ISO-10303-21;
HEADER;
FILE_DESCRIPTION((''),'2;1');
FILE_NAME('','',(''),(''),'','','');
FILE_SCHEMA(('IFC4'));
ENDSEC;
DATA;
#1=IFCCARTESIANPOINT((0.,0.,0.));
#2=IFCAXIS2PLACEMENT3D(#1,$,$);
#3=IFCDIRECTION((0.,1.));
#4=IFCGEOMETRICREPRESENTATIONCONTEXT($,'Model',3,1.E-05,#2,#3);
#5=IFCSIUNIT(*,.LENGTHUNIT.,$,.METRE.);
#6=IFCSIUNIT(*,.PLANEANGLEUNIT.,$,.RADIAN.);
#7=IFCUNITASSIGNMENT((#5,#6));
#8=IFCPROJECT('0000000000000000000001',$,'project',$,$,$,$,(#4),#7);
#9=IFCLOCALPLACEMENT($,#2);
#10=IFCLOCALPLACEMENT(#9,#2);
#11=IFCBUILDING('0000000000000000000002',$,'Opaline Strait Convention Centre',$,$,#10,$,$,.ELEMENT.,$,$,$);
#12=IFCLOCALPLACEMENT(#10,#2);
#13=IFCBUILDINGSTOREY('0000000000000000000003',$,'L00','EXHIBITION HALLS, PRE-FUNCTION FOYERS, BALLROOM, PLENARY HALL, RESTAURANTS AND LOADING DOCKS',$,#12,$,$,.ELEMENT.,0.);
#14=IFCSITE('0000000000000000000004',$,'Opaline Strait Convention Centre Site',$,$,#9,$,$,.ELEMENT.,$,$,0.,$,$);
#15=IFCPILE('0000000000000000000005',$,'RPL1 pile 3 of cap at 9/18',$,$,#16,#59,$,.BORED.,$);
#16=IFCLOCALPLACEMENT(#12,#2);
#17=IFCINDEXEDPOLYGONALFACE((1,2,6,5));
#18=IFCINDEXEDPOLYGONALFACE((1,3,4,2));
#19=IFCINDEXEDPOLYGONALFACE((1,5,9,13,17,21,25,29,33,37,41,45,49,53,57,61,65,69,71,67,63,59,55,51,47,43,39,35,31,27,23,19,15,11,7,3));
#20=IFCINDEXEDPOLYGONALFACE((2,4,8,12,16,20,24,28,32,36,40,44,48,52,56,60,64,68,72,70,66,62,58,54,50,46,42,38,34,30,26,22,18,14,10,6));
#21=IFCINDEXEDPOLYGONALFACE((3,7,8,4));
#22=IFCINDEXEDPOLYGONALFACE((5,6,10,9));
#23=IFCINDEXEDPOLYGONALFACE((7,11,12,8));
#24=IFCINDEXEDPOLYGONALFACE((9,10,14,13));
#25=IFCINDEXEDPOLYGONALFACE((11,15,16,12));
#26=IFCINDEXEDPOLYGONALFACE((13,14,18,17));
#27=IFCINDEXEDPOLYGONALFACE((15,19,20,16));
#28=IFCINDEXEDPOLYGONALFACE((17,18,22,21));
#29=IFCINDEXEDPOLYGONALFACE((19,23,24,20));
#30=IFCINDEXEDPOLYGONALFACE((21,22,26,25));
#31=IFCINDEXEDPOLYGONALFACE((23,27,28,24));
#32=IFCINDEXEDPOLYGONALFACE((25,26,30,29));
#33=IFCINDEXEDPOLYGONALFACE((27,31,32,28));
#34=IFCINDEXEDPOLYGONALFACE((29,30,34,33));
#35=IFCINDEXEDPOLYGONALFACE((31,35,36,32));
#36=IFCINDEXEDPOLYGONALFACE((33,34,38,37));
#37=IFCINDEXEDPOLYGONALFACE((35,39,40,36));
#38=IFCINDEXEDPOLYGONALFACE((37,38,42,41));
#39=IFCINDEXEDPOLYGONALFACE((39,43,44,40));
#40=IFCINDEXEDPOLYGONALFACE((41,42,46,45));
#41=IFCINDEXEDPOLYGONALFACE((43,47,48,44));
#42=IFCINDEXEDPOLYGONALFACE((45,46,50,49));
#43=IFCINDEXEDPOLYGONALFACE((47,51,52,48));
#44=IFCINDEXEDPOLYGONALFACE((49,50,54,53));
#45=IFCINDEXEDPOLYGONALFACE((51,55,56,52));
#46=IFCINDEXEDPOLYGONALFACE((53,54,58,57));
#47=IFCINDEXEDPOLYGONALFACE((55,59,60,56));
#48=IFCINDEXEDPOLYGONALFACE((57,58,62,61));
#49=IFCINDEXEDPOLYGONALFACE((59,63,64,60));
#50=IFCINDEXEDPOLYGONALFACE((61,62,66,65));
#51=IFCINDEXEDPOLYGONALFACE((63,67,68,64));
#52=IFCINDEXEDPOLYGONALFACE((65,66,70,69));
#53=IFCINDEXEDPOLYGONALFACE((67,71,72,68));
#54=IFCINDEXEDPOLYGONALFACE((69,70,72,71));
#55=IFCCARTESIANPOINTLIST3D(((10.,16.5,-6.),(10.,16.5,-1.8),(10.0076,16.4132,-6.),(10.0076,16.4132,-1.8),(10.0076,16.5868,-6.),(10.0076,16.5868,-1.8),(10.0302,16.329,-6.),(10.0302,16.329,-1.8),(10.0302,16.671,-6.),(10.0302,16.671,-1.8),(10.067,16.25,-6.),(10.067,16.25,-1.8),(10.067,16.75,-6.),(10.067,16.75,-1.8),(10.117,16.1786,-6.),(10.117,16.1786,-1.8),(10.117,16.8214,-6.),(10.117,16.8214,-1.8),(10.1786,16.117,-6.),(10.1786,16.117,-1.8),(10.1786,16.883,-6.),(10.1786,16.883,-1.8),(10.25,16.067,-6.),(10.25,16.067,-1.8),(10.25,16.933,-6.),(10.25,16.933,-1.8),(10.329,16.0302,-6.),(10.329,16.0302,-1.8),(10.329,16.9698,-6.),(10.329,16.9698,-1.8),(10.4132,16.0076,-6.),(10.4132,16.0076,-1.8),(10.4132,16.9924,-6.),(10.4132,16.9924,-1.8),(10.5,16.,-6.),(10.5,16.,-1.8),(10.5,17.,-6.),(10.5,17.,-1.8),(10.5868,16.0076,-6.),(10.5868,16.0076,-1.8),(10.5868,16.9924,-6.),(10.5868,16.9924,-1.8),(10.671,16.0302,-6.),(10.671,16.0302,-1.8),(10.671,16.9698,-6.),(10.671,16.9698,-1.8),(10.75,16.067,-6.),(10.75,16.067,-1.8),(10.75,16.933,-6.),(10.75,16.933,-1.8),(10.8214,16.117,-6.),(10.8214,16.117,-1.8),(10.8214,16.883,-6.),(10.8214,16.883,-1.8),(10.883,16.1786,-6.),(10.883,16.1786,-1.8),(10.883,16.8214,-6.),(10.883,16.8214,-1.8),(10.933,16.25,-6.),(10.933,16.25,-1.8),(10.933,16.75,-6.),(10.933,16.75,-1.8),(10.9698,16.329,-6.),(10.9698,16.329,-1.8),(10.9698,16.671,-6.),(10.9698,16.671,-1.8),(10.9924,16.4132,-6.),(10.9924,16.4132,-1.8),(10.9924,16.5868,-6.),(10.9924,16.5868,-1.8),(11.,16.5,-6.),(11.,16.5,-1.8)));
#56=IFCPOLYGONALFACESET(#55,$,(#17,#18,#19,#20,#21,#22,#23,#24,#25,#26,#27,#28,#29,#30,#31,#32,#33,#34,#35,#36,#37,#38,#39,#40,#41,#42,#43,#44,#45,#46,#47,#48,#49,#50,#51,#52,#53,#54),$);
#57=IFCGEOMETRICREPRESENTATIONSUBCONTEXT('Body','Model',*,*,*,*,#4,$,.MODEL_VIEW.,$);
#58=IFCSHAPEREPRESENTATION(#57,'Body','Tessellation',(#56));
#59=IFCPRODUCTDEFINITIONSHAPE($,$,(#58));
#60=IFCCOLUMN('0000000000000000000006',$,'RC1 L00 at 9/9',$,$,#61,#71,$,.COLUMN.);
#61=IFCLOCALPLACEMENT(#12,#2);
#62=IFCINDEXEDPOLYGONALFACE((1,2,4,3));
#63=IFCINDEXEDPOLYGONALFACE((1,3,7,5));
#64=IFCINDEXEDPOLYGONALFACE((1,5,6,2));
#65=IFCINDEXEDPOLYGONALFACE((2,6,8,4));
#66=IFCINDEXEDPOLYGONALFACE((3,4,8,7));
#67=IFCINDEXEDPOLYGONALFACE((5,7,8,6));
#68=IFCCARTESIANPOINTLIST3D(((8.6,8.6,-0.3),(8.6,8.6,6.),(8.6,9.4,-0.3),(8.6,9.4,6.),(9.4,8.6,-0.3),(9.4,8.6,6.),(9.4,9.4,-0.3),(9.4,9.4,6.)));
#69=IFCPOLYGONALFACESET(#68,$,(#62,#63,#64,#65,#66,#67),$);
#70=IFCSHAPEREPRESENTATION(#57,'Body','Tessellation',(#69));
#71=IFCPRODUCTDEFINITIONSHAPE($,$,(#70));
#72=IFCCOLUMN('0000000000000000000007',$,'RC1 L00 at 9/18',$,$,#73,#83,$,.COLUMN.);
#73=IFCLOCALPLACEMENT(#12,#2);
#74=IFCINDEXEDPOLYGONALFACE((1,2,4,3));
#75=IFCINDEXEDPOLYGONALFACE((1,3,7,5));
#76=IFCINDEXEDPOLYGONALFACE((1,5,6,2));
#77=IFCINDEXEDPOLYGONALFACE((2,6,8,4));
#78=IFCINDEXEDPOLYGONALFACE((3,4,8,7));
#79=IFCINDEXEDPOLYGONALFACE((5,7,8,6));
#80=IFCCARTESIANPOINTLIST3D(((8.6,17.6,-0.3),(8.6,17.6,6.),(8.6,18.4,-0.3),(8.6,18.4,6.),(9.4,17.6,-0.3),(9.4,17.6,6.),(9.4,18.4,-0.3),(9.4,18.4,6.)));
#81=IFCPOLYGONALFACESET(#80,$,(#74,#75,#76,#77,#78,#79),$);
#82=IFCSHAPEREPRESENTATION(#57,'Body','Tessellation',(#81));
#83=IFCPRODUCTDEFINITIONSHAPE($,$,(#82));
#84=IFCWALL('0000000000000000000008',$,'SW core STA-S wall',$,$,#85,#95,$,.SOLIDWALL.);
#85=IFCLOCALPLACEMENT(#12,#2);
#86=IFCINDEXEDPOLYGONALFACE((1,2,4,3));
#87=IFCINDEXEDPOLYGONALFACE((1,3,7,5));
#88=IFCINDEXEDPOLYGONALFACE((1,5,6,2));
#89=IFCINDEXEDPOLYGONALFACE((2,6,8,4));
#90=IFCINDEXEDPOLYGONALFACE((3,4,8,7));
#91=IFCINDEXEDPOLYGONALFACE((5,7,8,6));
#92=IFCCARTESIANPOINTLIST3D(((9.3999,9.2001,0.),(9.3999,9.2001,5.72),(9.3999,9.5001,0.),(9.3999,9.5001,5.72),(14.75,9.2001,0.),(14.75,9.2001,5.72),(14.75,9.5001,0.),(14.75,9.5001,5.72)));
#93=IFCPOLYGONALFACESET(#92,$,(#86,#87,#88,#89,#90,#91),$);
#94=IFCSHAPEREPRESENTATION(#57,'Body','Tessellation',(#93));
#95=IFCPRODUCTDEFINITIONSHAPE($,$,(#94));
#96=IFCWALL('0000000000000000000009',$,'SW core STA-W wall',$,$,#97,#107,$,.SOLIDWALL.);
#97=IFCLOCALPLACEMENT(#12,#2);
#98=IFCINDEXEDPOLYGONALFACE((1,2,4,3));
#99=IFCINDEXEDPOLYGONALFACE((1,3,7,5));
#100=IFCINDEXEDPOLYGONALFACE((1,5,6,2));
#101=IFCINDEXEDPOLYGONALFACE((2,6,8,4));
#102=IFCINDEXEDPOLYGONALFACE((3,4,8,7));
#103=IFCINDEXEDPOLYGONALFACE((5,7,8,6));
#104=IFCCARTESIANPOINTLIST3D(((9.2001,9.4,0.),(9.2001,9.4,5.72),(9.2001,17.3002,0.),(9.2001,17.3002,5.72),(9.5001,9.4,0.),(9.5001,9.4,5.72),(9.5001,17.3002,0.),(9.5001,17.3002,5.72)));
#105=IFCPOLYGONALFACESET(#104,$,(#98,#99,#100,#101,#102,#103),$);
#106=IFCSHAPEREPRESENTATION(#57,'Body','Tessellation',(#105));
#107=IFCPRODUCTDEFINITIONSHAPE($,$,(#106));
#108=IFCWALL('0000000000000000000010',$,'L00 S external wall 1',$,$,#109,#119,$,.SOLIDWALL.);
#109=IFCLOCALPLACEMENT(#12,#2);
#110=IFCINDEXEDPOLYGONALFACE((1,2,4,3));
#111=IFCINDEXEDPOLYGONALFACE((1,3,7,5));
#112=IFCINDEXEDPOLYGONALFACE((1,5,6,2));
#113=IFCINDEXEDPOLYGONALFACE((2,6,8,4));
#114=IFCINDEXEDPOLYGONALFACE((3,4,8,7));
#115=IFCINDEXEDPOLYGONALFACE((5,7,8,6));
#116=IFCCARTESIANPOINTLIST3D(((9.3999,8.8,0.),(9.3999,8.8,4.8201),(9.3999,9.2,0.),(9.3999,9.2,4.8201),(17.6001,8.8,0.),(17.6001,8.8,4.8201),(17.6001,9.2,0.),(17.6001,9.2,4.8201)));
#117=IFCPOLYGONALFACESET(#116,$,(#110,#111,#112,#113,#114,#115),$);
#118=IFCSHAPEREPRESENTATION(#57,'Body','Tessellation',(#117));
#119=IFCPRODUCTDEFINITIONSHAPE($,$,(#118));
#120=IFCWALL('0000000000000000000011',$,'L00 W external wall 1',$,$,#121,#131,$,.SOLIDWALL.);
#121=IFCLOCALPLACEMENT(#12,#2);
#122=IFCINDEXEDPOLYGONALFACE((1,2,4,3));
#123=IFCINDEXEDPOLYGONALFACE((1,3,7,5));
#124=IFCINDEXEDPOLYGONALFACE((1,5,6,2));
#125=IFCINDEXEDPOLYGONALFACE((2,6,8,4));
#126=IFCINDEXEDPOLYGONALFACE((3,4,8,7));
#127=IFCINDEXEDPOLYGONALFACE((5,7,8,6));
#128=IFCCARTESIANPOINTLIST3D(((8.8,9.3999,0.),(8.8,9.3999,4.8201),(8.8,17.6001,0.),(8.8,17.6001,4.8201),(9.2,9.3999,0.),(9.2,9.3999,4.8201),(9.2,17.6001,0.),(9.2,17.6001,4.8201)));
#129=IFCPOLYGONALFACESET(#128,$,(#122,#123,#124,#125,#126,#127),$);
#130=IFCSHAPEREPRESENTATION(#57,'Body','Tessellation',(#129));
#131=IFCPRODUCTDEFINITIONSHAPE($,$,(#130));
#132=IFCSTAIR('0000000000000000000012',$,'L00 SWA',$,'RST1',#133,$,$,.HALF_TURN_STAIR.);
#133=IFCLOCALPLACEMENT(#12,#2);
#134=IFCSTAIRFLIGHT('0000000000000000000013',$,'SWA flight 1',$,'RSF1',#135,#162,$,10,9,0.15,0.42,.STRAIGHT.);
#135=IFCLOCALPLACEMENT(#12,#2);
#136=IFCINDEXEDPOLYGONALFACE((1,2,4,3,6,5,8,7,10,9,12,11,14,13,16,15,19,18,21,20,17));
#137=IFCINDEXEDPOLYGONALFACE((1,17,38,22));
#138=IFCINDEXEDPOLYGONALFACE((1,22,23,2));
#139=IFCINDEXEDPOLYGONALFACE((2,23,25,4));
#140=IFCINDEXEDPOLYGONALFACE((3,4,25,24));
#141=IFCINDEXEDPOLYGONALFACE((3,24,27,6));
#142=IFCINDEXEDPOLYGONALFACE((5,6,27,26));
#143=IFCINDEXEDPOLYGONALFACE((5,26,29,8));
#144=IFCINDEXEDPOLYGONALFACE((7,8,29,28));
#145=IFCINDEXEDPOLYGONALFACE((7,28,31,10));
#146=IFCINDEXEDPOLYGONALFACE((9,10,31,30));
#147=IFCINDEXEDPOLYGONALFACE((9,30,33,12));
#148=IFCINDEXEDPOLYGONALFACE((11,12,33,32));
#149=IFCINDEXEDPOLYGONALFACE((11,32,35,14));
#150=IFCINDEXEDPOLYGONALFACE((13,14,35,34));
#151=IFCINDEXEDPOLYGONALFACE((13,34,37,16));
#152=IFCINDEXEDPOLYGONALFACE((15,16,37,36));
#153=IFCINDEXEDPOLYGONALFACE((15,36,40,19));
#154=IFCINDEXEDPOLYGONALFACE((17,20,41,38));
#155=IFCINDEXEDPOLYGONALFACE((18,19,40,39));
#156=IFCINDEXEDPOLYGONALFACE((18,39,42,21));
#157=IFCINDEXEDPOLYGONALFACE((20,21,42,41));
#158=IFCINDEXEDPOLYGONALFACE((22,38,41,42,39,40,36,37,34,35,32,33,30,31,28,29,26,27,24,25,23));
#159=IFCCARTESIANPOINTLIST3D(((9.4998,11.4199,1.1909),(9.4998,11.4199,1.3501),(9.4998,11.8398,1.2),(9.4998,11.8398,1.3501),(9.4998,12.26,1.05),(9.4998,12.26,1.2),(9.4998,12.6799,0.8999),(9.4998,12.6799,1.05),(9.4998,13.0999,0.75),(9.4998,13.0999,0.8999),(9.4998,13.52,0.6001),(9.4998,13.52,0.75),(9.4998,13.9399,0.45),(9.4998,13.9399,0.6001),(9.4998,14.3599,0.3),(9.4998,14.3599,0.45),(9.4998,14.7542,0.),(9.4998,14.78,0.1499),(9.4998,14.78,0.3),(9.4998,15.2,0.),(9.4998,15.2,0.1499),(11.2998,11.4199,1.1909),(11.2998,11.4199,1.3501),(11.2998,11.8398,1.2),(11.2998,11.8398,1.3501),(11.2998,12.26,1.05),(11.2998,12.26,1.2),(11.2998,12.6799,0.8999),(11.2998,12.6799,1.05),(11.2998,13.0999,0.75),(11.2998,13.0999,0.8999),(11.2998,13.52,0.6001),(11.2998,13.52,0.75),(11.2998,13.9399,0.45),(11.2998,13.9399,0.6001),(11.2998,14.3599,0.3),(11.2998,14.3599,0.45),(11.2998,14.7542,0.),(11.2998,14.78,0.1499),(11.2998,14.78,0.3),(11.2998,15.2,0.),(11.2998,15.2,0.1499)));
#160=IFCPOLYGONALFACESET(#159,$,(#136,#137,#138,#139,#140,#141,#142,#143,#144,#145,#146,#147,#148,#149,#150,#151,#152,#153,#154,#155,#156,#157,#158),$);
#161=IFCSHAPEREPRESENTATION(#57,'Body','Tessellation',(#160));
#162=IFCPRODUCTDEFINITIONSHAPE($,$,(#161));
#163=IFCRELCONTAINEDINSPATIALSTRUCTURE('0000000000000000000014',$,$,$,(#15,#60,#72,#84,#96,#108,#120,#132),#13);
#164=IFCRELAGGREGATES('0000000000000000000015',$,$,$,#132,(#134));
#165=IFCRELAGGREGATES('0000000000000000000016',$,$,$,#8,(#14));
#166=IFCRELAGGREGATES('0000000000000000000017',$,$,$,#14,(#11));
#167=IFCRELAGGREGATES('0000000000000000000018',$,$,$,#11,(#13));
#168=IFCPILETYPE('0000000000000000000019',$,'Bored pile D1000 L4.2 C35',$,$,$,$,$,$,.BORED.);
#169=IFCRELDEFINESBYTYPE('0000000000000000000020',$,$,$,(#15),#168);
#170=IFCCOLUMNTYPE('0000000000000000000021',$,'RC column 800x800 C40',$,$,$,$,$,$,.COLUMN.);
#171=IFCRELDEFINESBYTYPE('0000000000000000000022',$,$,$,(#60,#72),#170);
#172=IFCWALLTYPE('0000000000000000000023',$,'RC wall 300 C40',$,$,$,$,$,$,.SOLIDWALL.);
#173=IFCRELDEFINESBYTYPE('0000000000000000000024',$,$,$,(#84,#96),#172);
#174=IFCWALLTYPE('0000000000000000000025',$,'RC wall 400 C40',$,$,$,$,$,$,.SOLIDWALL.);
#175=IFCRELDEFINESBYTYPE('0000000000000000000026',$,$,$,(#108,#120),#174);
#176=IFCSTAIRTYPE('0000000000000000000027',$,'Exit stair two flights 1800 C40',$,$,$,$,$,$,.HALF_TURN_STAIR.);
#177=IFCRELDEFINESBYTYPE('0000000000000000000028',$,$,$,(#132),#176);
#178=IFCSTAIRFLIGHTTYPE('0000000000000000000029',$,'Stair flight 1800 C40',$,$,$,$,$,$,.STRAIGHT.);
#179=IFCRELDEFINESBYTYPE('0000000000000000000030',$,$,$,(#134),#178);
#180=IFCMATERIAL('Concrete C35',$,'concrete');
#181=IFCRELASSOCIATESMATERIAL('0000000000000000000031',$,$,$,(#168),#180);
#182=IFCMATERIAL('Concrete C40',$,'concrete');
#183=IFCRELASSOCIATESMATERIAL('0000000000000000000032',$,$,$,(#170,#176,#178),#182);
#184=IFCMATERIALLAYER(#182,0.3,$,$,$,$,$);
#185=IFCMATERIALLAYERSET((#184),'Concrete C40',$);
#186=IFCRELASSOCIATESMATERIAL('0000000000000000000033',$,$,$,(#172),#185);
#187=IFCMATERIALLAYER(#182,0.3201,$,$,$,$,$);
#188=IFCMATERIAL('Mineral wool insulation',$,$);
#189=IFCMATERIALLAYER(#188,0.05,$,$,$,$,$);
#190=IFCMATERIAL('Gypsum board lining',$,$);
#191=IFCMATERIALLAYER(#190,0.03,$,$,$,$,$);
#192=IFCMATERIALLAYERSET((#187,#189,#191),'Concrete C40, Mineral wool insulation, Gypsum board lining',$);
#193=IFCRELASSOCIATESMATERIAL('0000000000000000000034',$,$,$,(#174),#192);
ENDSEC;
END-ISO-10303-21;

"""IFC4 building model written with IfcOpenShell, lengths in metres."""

from ifc_helpers import new_model, si_unit, direction, frame, frame_2d, origin, origin_2d, place, context, subcontext, project, spatial, polyline, rectangle, circle, outline, extrude, material, layer, layer_set, material_profile, profile_set, type_object, element, aggregate, save


model = new_model("IFC4")

# Units and contexts
model_context = context("Model", 3, precision=1e-05, world=origin(), true_north=direction((0.0, 1.0)))
body_context = subcontext(model_context, "Body", "Model", "MODEL_VIEW")
ifc_project = project(units=[si_unit("LENGTHUNIT", "METRE"), si_unit("PLANEANGLEUNIT", "RADIAN")], contexts=[model_context])

# Site, building, storey
site_placement = place(None, origin())
site = spatial("IfcSite", under=ifc_project, at=site_placement, Name="Opaline Strait Convention Centre Site", CompositionType="ELEMENT", RefElevation=0.0)
building_placement = place(site_placement, origin())
building = spatial("IfcBuilding", under=site, at=building_placement, Name="Opaline Strait Convention Centre", CompositionType="ELEMENT")
storey_placement = place(building_placement, origin())
storey = spatial("IfcBuildingStorey", under=building, at=storey_placement, Name="L00", Description="EXHIBITION HALLS, PRE-FUNCTION FOYERS, BALLROOM, PLENARY HALL, RESTAURANTS AND LOADING DOCKS", CompositionType="ELEMENT", Elevation=0.0)

# Pile
ifc_material_1 = material(Name="Concrete C35", Category="concrete")
ifc_material_profile_1 = material_profile(ifc_material_1, circle(Radius=0.5, at=origin_2d()), Name="D1000")
ifc_profile_set_1 = profile_set([ifc_material_profile_1], Name="Concrete C35")
pile_type = type_object("IfcPileType", Name="Bored pile D1000 L4.2 C35", PredefinedType="BORED", material=ifc_profile_set_1)
for number, where, z_axis, x_axis, name in (
    (1, (10.5, 16.5, -1.8), (0.0, 0.0, -1.0), (1.0, 0.0, 0.0), "RPL1 pile 3 of cap at 9/18"),
):
    element("IfcPile", number, at=place(storey_placement, frame(where, z_axis=z_axis, x_axis=x_axis)), inside=storey, type_object=pile_type, Name=name, PredefinedType="BORED", context=body_context, shape_type="SweptSolid", body=[
        extrude(circle(Radius=0.5, at=origin_2d()), origin(), (0.0, 0.0, 1.0), 4.2),
    ])

# Columns
ifc_material_2 = material(Name="Concrete C40", Category="concrete")
ifc_material_profile_2 = material_profile(ifc_material_2, rectangle(XDim=0.8, YDim=0.8, at=origin_2d()), Name="RC 800x800")
ifc_profile_set_2 = profile_set([ifc_material_profile_2], Name="Concrete C40")
column_type = type_object("IfcColumnType", Name="RC column 800x800 C40", PredefinedType="COLUMN", material=ifc_profile_set_2)
for number, where, z_axis, x_axis, name in (
    (2, (9.0, 9.0, -0.3), (0.0, 0.0, 1.0), (1.0, 0.0, 0.0), "RC1 L00 at 9/9"),
    (3, (9.0, 18.0, -0.3), (0.0, 0.0, 1.0), (1.0, 0.0, 0.0), "RC1 L00 at 9/18"),
):
    element("IfcColumn", number, at=place(storey_placement, frame(where, z_axis=z_axis, x_axis=x_axis)), inside=storey, type_object=column_type, Name=name, PredefinedType="COLUMN", context=body_context, shape_type="SweptSolid", body=[
        extrude(rectangle(XDim=0.8, YDim=0.8, at=origin_2d()), origin(), (0.0, 0.0, 1.0), 6.3),
    ])

# Wall
ifc_layer_1 = layer(ifc_material_2, 0.3)
ifc_layer_set_1 = layer_set([ifc_layer_1], Name="Concrete C40")
wall_type_1 = type_object("IfcWallType", Name="RC wall 300 C40", PredefinedType="SOLIDWALL", material=ifc_layer_set_1)
wall_1_placement = place(storey_placement, frame((9.3999, 9.3501, 0.0), z_axis=(0.0, 0.0, 1.0), x_axis=(1.0, 0.0, 0.0)))
element("IfcWall", 4, at=wall_1_placement, inside=storey, type_object=wall_type_1, Name="SW core STA-S wall", PredefinedType="SOLIDWALL", context=body_context, shape_type="SweptSolid", body=[
    extrude(rectangle(XDim=5.3501, YDim=0.3, at=frame_2d((2.675, 0.0))), origin(), (0.0, 0.0, 1.0), 5.72),
])

# Walls
wall_2_placement = place(storey_placement, frame((9.3501, 9.3999, 0.0), z_axis=(0.0, 0.0, 1.0), x_axis=(0.0, 1.0, 0.0)))
element("IfcWall", 5, at=wall_2_placement, inside=storey, type_object=wall_type_1, Name="SW core STA-W wall", PredefinedType="SOLIDWALL", context=body_context, shape_type="SweptSolid", body=[
    extrude(rectangle(XDim=7.9001, YDim=0.3, at=frame_2d((3.9502, 0.0))), origin(), (0.0, 0.0, 1.0), 5.72),
])
ifc_layer_2 = layer(ifc_material_2, 0.3201)
ifc_material_3 = material(Name="Mineral wool insulation")
ifc_layer_3 = layer(ifc_material_3, 0.05)
ifc_material_4 = material(Name="Gypsum board lining")
ifc_layer_4 = layer(ifc_material_4, 0.03)
ifc_layer_set_2 = layer_set([ifc_layer_2, ifc_layer_3, ifc_layer_4], Name="Concrete C40, Mineral wool insulation, Gypsum board lining")
wall_type_2 = type_object("IfcWallType", Name="RC wall 400 C40", PredefinedType="SOLIDWALL", material=ifc_layer_set_2)
for number, where, z_axis, x_axis, name in (
    (6, (9.3999, 9.0, 0.0), (0.0, 0.0, 1.0), (1.0, 0.0, 0.0), "L00 S external wall 1"),
    (7, (9.0, 9.3999, 0.0), (0.0, 0.0, 1.0), (0.0, 1.0, 0.0), "L00 W external wall 1"),
):
    element("IfcWall", number, at=place(storey_placement, frame(where, z_axis=z_axis, x_axis=x_axis)), inside=storey, type_object=wall_type_2, Name=name, PredefinedType="SOLIDWALL", context=body_context, shape_type="SweptSolid", body=[
        extrude(rectangle(XDim=8.2002, YDim=0.3999, at=frame_2d((4.1001, 0.0))), origin(), (0.0, 0.0, 1.0), 4.8201),
    ])

# Stair, stair flight
stair_type = type_object("IfcStairType", Name="Exit stair two flights 1800 C40", PredefinedType="HALF_TURN_STAIR", material=ifc_material_2)
stair_placement = place(storey_placement, origin())
stair = element("IfcStair", 8, at=stair_placement, inside=storey, type_object=stair_type, Name="L00 SWA", ObjectType="RST1", PredefinedType="HALF_TURN_STAIR")
stair_flight_type = type_object("IfcStairFlightType", Name="Stair flight 1800 C40", PredefinedType="STRAIGHT", material=ifc_material_2)
stair_flight_1_placement = place(storey_placement, frame((10.3999, 15.2, 0.0), z_axis=(0.0, 0.0, 1.0), x_axis=(0.0, -1.0, 0.0)))
stair_flight_1 = element("IfcStairFlight", 9, at=stair_flight_1_placement, type_object=stair_flight_type, Name="SWA flight 1", ObjectType="RSF1", NumberOfRisers=10, NumberOfTreads=9, PredefinedType="STRAIGHT", RiserHeight=0.15, TreadLength=0.42, context=body_context, shape_type="SweptSolid", body=[
    extrude(outline(polyline([(0.0, 0.0), (0.0, 0.1499), (0.4199, 0.1499), (0.4199, 0.3), (0.8401, 0.3), (0.8401, 0.45), (1.26, 0.45), (1.26, 0.6001), (1.6799, 0.6001), (1.6799, 0.75), (2.1001, 0.75), (2.1001, 0.8999), (2.52, 0.8999), (2.52, 1.05), (2.9399, 1.05), (2.9399, 1.2), (3.3601, 1.2), (3.3601, 1.3501), (3.78, 1.3501), (3.78, 1.5), (3.78, 1.1909), (0.4458, 0.0), (0.0, 0.0)])), frame((0.0, 0.8999, 0.0), z_axis=(0.0, -1.0, 0.0), x_axis=(1.0, 0.0, 0.0)), (0.0, 0.0, 1.0), 1.8),
])
aggregate(stair, [stair_flight_1])

save(model, "model.ifc")
